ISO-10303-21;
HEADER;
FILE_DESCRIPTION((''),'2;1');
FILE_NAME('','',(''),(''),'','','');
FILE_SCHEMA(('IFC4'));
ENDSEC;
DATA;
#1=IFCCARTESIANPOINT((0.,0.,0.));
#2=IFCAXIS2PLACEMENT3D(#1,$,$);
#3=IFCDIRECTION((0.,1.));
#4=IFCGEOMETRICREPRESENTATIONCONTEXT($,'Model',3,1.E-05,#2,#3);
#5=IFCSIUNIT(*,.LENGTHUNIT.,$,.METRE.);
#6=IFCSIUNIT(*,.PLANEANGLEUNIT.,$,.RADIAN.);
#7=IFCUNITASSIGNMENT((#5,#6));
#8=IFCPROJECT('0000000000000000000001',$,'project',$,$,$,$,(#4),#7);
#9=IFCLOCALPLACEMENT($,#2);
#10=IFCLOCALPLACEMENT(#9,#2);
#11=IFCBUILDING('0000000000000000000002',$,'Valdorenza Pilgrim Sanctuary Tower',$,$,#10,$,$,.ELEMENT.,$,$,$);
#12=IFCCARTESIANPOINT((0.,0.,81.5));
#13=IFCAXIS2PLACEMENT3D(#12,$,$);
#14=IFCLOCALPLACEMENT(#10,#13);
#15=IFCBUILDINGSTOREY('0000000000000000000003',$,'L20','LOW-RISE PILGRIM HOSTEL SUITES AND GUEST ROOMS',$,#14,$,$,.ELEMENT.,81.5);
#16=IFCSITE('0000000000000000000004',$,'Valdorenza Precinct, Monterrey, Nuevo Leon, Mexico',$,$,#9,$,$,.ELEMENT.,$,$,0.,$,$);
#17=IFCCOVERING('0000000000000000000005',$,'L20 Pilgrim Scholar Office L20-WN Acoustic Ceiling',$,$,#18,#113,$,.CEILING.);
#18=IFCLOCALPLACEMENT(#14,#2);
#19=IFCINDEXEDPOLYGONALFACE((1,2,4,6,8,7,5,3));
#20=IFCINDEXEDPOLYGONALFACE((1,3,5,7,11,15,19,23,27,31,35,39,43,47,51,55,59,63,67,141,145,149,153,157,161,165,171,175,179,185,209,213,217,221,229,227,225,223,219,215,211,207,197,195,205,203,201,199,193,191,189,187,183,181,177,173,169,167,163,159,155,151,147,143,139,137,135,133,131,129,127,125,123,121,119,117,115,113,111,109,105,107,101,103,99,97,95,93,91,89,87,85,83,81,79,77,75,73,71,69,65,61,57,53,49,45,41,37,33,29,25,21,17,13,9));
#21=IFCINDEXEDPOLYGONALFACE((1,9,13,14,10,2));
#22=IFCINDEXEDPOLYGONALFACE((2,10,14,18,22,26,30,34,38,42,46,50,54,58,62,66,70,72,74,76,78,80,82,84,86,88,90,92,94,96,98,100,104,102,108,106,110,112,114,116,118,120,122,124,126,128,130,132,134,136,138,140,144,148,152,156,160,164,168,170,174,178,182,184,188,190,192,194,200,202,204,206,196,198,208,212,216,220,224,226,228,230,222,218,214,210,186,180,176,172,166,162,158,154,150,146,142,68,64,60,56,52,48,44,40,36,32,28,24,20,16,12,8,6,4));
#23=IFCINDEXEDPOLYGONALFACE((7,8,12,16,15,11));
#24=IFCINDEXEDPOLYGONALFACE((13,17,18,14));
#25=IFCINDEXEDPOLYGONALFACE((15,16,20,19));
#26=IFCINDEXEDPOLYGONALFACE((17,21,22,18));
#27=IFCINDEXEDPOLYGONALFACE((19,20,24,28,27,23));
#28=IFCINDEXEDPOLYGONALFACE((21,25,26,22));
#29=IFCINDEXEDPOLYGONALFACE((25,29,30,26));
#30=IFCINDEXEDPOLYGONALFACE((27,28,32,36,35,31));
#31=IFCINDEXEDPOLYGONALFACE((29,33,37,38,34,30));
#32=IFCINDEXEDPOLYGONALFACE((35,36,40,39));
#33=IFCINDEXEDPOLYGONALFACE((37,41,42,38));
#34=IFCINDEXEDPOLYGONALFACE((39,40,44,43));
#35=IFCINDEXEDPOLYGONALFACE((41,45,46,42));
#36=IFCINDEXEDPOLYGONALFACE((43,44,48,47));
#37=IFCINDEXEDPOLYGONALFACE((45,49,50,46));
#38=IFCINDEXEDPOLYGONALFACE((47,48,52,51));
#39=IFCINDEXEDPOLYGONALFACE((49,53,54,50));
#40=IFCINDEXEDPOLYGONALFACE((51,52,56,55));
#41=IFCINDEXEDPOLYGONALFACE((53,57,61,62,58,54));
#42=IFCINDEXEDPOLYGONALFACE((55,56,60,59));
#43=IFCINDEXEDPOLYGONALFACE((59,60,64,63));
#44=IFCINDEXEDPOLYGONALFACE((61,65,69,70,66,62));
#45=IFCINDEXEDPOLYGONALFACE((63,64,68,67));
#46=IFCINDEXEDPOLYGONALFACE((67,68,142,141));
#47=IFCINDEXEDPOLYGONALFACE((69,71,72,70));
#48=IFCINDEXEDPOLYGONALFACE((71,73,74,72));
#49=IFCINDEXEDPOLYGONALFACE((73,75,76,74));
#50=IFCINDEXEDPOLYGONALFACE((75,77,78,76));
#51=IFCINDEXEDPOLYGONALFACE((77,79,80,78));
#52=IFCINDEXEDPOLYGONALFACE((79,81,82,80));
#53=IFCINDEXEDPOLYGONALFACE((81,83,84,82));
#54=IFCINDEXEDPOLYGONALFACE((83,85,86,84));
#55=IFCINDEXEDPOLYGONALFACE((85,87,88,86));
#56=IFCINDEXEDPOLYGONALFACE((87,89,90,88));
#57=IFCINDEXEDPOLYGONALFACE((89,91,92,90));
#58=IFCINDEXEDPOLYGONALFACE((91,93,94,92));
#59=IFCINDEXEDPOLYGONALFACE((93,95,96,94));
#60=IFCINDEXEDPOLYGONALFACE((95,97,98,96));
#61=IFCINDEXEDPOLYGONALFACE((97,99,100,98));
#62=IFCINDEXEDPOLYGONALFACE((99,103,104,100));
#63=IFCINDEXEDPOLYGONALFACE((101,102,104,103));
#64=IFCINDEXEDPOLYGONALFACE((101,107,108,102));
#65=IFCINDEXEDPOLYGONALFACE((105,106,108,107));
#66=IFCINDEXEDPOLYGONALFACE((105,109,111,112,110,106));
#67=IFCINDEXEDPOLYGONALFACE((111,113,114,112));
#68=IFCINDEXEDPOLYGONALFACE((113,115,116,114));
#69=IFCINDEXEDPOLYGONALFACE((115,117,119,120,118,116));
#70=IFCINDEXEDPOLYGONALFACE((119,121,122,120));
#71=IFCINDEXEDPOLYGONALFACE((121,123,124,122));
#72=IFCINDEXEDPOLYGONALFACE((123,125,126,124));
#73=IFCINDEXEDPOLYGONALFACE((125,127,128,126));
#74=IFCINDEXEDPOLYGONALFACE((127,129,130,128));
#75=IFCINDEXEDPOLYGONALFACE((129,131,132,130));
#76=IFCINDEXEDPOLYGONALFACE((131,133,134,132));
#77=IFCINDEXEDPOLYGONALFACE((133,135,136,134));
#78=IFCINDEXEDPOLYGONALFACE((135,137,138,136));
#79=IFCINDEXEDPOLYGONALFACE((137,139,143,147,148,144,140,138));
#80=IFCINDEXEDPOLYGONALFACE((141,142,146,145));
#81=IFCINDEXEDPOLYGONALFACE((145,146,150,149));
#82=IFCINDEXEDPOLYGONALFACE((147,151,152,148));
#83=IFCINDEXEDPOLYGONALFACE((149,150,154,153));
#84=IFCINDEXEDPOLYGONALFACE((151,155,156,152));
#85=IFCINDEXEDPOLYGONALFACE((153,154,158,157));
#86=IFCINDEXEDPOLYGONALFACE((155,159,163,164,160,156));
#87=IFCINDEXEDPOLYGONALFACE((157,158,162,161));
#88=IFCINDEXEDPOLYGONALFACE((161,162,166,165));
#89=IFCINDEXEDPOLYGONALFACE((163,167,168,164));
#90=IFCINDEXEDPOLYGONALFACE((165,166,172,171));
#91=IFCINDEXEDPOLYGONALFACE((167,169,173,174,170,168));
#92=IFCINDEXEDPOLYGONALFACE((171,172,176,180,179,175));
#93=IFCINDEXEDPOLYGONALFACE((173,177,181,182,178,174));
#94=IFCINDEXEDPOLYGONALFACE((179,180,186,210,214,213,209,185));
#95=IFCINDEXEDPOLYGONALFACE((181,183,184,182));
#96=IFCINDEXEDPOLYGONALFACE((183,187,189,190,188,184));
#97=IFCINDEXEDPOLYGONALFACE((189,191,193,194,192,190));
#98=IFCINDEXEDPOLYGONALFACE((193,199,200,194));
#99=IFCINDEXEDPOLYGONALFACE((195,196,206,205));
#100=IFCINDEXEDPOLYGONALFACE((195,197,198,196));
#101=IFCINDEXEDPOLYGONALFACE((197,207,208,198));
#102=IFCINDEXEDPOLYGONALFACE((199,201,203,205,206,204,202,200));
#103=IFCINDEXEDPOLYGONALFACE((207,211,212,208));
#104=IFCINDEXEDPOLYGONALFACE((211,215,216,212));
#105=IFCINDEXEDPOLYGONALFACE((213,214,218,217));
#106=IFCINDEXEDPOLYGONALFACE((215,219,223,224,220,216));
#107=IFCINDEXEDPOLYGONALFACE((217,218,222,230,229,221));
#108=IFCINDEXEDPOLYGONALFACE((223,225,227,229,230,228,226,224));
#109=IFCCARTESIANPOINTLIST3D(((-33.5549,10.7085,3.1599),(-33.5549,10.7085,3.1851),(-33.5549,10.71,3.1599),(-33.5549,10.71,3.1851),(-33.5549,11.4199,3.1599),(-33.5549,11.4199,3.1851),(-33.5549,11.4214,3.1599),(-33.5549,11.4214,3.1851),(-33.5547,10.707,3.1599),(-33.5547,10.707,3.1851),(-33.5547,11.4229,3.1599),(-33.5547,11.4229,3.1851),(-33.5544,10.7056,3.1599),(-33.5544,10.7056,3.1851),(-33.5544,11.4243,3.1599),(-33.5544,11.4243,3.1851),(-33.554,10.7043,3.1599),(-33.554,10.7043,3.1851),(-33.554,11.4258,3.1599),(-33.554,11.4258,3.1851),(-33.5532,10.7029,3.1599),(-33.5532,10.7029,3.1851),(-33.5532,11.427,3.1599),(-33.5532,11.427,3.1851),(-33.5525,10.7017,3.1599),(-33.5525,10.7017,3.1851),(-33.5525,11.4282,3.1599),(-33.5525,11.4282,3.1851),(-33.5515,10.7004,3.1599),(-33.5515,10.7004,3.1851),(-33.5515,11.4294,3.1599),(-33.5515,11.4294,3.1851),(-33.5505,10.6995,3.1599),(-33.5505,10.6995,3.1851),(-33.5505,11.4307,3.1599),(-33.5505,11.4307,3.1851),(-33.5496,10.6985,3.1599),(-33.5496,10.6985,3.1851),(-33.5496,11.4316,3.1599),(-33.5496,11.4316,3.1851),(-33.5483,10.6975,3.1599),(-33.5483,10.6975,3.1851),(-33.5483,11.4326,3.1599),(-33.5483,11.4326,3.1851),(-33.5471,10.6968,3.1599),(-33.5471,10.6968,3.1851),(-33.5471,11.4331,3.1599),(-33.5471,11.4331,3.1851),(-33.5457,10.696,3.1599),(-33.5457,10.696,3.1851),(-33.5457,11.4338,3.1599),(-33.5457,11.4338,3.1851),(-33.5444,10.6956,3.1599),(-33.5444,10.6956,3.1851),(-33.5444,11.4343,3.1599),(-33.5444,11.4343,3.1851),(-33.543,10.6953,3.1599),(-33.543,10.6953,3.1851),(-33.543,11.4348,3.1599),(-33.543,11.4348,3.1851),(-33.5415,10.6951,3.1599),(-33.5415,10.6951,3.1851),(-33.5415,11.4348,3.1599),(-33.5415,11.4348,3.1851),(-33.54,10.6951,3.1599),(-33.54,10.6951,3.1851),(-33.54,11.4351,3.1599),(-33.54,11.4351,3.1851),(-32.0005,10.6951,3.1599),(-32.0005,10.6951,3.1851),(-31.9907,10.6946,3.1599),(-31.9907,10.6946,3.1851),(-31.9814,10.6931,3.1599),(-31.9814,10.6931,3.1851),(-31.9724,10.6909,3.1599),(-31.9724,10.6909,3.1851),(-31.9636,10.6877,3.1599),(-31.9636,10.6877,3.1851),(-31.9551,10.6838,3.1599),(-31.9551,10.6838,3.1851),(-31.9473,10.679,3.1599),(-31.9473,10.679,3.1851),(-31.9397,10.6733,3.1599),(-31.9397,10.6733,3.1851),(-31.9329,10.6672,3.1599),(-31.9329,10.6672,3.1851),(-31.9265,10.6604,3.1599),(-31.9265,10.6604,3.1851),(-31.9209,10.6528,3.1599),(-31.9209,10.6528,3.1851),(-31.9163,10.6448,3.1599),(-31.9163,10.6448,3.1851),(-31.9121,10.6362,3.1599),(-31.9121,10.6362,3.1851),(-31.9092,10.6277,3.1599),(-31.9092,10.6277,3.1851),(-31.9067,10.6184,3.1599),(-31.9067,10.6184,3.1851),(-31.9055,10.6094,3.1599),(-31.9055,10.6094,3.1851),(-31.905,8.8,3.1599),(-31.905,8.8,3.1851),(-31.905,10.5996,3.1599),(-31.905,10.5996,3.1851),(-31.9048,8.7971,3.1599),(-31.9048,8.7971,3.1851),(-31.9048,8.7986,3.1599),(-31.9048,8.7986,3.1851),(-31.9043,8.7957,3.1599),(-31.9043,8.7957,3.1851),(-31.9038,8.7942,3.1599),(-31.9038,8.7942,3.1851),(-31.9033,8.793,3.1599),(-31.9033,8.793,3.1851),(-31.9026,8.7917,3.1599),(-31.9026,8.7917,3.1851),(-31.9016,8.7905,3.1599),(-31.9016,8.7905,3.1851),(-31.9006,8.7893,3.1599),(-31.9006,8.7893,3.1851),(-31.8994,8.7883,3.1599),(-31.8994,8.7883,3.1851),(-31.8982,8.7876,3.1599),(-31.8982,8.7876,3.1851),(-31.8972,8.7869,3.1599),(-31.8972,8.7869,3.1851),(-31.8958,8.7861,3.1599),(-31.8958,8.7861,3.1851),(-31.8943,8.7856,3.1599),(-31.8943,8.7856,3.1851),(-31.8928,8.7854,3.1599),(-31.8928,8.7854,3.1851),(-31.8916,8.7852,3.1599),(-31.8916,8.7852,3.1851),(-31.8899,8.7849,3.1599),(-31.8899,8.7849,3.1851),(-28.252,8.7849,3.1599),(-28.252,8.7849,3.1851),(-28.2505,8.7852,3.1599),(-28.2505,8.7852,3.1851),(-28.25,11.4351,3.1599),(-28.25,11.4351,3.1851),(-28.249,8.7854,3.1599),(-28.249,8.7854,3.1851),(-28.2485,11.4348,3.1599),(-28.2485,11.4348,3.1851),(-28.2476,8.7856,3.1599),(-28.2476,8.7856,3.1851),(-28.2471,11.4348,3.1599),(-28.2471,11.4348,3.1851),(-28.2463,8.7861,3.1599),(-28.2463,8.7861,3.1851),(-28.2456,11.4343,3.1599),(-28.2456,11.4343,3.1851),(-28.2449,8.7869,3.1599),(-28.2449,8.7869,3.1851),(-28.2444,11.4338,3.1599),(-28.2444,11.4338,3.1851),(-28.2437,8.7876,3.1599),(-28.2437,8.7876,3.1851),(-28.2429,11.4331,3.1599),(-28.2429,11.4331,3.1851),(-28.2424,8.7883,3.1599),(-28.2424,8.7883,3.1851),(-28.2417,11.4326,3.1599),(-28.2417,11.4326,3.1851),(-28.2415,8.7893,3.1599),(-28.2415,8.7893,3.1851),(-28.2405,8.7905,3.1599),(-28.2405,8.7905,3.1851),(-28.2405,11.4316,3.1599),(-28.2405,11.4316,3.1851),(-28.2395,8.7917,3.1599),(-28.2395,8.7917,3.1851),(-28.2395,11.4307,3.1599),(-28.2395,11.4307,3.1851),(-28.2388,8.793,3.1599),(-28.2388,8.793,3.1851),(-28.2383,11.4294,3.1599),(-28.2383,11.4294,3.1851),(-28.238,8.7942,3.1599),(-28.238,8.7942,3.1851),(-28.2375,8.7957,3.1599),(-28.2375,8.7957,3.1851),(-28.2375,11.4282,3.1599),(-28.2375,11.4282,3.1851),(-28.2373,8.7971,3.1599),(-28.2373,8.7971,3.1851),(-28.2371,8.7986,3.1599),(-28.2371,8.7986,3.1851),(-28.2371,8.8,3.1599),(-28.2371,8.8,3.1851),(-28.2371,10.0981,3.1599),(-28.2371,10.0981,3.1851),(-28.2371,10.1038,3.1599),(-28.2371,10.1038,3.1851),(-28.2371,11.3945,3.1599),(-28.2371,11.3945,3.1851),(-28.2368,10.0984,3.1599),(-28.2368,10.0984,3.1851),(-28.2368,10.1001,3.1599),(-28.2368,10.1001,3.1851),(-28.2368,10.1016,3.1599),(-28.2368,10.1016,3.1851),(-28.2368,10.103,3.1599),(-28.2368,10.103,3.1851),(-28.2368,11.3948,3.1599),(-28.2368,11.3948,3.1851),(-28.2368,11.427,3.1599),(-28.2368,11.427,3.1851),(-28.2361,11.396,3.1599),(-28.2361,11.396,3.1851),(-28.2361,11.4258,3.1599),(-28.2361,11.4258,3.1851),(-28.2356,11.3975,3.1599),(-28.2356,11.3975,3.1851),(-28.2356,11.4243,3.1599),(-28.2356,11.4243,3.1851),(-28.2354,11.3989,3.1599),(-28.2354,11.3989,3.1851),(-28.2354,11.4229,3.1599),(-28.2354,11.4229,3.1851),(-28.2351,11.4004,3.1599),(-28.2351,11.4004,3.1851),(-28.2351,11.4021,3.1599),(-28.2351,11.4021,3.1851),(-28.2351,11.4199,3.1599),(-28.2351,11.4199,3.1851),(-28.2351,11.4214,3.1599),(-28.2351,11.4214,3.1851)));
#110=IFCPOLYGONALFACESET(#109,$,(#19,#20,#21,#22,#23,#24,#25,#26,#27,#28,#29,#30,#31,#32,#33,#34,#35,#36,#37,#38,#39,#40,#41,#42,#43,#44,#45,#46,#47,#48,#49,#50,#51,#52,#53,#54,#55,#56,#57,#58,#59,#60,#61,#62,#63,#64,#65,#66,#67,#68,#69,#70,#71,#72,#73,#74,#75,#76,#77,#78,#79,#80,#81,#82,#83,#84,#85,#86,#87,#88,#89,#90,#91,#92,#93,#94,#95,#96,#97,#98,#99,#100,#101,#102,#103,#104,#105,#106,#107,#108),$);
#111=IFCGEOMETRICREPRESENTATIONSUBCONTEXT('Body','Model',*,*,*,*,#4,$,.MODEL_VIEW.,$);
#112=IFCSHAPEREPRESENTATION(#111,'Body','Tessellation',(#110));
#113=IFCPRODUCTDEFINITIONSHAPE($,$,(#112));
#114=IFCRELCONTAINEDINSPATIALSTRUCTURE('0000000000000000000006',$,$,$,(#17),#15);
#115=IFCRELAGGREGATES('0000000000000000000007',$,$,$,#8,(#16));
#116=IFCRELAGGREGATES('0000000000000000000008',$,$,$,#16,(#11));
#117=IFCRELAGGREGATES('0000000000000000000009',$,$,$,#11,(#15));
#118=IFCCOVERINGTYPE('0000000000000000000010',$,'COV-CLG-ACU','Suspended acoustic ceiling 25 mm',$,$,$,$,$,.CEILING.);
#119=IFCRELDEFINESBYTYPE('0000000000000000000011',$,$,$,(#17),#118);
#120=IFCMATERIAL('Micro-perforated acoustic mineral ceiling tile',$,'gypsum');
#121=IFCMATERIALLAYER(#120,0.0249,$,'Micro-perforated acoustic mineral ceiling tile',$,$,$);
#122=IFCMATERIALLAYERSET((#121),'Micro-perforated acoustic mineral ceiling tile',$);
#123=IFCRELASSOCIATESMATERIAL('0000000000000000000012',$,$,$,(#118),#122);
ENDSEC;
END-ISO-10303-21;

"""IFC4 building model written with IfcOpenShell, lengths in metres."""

from ifc_helpers import new_model, si_unit, direction, frame, origin, place, context, subcontext, project, spatial, polyline, outline, extrude, material, layer, layer_set, type_object, element, save


model = new_model("IFC4")

# Units and contexts
model_context = context("Model", 3, precision=1e-05, world=origin(), true_north=direction((0.0, 1.0)))
body_context = subcontext(model_context, "Body", "Model", "MODEL_VIEW")
ifc_project = project(units=[si_unit("LENGTHUNIT", "METRE"), si_unit("PLANEANGLEUNIT", "RADIAN")], contexts=[model_context])

# Site, building, storey
site_placement = place(None, origin())
site = spatial("IfcSite", under=ifc_project, at=site_placement, Name="Valdorenza Precinct, Monterrey, Nuevo Leon, Mexico", CompositionType="ELEMENT", RefElevation=0.0)
building_placement = place(site_placement, origin())
building = spatial("IfcBuilding", under=site, at=building_placement, Name="Valdorenza Pilgrim Sanctuary Tower", CompositionType="ELEMENT")
storey_placement = place(building_placement, frame((0.0, 0.0, 81.5)))
storey = spatial("IfcBuildingStorey", under=building, at=storey_placement, Name="L20", Description="LOW-RISE PILGRIM HOSTEL SUITES AND GUEST ROOMS", CompositionType="ELEMENT", Elevation=81.5)

# Covering
ifc_material_1 = material(Name="Micro-perforated acoustic mineral ceiling tile", Category="gypsum")
ifc_layer_1 = layer(ifc_material_1, 0.0249, Name="Micro-perforated acoustic mineral ceiling tile")
ifc_layer_set_1 = layer_set([ifc_layer_1], Name="Micro-perforated acoustic mineral ceiling tile")
covering_type_1 = type_object("IfcCoveringType", Name="COV-CLG-ACU", Description="Suspended acoustic ceiling 25 mm", PredefinedType="CEILING", material=ifc_layer_set_1)
covering_1_placement = place(storey_placement, frame((0.0, 0.0, 3.1599)))
element("IfcCovering", 1, at=covering_1_placement, inside=storey, type_object=covering_type_1, Name="L20 Pilgrim Scholar Office L20-WN Acoustic Ceiling", PredefinedType="CEILING", context=body_context, shape_type="SweptSolid", body=[
    extrude(outline(polyline([(-28.2371, 11.3945), (-28.2371, 10.1038), (-28.2368, 10.103), (-28.2368, 10.1016), (-28.2368, 10.1001), (-28.2368, 10.0984), (-28.2371, 10.0981), (-28.2371, 8.8), (-28.2371, 8.7986), (-28.2373, 8.7971), (-28.2375, 8.7957), (-28.238, 8.7942), (-28.2388, 8.793), (-28.2395, 8.7917), (-28.2405, 8.7905), (-28.2415, 8.7893), (-28.2424, 8.7883), (-28.2437, 8.7876), (-28.2449, 8.7869), (-28.2463, 8.7861), (-28.2476, 8.7856), (-28.249, 8.7854), (-28.2505, 8.7852), (-28.252, 8.7849), (-31.8899, 8.7849), (-31.8916, 8.7852), (-31.8928, 8.7854), (-31.8943, 8.7856), (-31.8958, 8.7861), (-31.8972, 8.7869), (-31.8982, 8.7876), (-31.8994, 8.7883), (-31.9006, 8.7893), (-31.9016, 8.7905), (-31.9026, 8.7917), (-31.9033, 8.793), (-31.9038, 8.7942), (-31.9043, 8.7957), (-31.9048, 8.7971), (-31.9048, 8.7986), (-31.905, 8.8), (-31.905, 10.5996), (-31.9055, 10.6094), (-31.9067, 10.6184), (-31.9092, 10.6277), (-31.9121, 10.6362), (-31.9163, 10.6448), (-31.9209, 10.6528), (-31.9265, 10.6604), (-31.9329, 10.6672), (-31.9397, 10.6733), (-31.9473, 10.679), (-31.9551, 10.6838), (-31.9636, 10.6877), (-31.9724, 10.6909), (-31.9814, 10.6931), (-31.9907, 10.6946), (-32.0005, 10.6951), (-33.54, 10.6951), (-33.5415, 10.6951), (-33.543, 10.6953), (-33.5444, 10.6956), (-33.5457, 10.696), (-33.5471, 10.6968), (-33.5483, 10.6975), (-33.5496, 10.6985), (-33.5505, 10.6995), (-33.5515, 10.7004), (-33.5525, 10.7017), (-33.5532, 10.7029), (-33.554, 10.7043), (-33.5544, 10.7056), (-33.5547, 10.707), (-33.5549, 10.7085), (-33.5549, 10.71), (-33.5549, 11.4199), (-33.5549, 11.4214), (-33.5547, 11.4229), (-33.5544, 11.4243), (-33.554, 11.4258), (-33.5532, 11.427), (-33.5525, 11.4282), (-33.5515, 11.4294), (-33.5505, 11.4307), (-33.5496, 11.4316), (-33.5483, 11.4326), (-33.5471, 11.4331), (-33.5457, 11.4338), (-33.5444, 11.4343), (-33.543, 11.4348), (-33.5415, 11.4348), (-33.54, 11.4351), (-28.25, 11.4351), (-28.2485, 11.4348), (-28.2471, 11.4348), (-28.2456, 11.4343), (-28.2444, 11.4338), (-28.2429, 11.4331), (-28.2417, 11.4326), (-28.2405, 11.4316), (-28.2395, 11.4307), (-28.2383, 11.4294), (-28.2375, 11.4282), (-28.2368, 11.427), (-28.2361, 11.4258), (-28.2356, 11.4243), (-28.2354, 11.4229), (-28.2351, 11.4214), (-28.2351, 11.4199), (-28.2351, 11.4021), (-28.2351, 11.4004), (-28.2354, 11.3989), (-28.2356, 11.3975), (-28.2361, 11.396), (-28.2368, 11.3948), (-28.2371, 11.3945)])), origin(), (0.0, 0.0, 1.0), 0.0251),
])

save(model, "model.ifc")
